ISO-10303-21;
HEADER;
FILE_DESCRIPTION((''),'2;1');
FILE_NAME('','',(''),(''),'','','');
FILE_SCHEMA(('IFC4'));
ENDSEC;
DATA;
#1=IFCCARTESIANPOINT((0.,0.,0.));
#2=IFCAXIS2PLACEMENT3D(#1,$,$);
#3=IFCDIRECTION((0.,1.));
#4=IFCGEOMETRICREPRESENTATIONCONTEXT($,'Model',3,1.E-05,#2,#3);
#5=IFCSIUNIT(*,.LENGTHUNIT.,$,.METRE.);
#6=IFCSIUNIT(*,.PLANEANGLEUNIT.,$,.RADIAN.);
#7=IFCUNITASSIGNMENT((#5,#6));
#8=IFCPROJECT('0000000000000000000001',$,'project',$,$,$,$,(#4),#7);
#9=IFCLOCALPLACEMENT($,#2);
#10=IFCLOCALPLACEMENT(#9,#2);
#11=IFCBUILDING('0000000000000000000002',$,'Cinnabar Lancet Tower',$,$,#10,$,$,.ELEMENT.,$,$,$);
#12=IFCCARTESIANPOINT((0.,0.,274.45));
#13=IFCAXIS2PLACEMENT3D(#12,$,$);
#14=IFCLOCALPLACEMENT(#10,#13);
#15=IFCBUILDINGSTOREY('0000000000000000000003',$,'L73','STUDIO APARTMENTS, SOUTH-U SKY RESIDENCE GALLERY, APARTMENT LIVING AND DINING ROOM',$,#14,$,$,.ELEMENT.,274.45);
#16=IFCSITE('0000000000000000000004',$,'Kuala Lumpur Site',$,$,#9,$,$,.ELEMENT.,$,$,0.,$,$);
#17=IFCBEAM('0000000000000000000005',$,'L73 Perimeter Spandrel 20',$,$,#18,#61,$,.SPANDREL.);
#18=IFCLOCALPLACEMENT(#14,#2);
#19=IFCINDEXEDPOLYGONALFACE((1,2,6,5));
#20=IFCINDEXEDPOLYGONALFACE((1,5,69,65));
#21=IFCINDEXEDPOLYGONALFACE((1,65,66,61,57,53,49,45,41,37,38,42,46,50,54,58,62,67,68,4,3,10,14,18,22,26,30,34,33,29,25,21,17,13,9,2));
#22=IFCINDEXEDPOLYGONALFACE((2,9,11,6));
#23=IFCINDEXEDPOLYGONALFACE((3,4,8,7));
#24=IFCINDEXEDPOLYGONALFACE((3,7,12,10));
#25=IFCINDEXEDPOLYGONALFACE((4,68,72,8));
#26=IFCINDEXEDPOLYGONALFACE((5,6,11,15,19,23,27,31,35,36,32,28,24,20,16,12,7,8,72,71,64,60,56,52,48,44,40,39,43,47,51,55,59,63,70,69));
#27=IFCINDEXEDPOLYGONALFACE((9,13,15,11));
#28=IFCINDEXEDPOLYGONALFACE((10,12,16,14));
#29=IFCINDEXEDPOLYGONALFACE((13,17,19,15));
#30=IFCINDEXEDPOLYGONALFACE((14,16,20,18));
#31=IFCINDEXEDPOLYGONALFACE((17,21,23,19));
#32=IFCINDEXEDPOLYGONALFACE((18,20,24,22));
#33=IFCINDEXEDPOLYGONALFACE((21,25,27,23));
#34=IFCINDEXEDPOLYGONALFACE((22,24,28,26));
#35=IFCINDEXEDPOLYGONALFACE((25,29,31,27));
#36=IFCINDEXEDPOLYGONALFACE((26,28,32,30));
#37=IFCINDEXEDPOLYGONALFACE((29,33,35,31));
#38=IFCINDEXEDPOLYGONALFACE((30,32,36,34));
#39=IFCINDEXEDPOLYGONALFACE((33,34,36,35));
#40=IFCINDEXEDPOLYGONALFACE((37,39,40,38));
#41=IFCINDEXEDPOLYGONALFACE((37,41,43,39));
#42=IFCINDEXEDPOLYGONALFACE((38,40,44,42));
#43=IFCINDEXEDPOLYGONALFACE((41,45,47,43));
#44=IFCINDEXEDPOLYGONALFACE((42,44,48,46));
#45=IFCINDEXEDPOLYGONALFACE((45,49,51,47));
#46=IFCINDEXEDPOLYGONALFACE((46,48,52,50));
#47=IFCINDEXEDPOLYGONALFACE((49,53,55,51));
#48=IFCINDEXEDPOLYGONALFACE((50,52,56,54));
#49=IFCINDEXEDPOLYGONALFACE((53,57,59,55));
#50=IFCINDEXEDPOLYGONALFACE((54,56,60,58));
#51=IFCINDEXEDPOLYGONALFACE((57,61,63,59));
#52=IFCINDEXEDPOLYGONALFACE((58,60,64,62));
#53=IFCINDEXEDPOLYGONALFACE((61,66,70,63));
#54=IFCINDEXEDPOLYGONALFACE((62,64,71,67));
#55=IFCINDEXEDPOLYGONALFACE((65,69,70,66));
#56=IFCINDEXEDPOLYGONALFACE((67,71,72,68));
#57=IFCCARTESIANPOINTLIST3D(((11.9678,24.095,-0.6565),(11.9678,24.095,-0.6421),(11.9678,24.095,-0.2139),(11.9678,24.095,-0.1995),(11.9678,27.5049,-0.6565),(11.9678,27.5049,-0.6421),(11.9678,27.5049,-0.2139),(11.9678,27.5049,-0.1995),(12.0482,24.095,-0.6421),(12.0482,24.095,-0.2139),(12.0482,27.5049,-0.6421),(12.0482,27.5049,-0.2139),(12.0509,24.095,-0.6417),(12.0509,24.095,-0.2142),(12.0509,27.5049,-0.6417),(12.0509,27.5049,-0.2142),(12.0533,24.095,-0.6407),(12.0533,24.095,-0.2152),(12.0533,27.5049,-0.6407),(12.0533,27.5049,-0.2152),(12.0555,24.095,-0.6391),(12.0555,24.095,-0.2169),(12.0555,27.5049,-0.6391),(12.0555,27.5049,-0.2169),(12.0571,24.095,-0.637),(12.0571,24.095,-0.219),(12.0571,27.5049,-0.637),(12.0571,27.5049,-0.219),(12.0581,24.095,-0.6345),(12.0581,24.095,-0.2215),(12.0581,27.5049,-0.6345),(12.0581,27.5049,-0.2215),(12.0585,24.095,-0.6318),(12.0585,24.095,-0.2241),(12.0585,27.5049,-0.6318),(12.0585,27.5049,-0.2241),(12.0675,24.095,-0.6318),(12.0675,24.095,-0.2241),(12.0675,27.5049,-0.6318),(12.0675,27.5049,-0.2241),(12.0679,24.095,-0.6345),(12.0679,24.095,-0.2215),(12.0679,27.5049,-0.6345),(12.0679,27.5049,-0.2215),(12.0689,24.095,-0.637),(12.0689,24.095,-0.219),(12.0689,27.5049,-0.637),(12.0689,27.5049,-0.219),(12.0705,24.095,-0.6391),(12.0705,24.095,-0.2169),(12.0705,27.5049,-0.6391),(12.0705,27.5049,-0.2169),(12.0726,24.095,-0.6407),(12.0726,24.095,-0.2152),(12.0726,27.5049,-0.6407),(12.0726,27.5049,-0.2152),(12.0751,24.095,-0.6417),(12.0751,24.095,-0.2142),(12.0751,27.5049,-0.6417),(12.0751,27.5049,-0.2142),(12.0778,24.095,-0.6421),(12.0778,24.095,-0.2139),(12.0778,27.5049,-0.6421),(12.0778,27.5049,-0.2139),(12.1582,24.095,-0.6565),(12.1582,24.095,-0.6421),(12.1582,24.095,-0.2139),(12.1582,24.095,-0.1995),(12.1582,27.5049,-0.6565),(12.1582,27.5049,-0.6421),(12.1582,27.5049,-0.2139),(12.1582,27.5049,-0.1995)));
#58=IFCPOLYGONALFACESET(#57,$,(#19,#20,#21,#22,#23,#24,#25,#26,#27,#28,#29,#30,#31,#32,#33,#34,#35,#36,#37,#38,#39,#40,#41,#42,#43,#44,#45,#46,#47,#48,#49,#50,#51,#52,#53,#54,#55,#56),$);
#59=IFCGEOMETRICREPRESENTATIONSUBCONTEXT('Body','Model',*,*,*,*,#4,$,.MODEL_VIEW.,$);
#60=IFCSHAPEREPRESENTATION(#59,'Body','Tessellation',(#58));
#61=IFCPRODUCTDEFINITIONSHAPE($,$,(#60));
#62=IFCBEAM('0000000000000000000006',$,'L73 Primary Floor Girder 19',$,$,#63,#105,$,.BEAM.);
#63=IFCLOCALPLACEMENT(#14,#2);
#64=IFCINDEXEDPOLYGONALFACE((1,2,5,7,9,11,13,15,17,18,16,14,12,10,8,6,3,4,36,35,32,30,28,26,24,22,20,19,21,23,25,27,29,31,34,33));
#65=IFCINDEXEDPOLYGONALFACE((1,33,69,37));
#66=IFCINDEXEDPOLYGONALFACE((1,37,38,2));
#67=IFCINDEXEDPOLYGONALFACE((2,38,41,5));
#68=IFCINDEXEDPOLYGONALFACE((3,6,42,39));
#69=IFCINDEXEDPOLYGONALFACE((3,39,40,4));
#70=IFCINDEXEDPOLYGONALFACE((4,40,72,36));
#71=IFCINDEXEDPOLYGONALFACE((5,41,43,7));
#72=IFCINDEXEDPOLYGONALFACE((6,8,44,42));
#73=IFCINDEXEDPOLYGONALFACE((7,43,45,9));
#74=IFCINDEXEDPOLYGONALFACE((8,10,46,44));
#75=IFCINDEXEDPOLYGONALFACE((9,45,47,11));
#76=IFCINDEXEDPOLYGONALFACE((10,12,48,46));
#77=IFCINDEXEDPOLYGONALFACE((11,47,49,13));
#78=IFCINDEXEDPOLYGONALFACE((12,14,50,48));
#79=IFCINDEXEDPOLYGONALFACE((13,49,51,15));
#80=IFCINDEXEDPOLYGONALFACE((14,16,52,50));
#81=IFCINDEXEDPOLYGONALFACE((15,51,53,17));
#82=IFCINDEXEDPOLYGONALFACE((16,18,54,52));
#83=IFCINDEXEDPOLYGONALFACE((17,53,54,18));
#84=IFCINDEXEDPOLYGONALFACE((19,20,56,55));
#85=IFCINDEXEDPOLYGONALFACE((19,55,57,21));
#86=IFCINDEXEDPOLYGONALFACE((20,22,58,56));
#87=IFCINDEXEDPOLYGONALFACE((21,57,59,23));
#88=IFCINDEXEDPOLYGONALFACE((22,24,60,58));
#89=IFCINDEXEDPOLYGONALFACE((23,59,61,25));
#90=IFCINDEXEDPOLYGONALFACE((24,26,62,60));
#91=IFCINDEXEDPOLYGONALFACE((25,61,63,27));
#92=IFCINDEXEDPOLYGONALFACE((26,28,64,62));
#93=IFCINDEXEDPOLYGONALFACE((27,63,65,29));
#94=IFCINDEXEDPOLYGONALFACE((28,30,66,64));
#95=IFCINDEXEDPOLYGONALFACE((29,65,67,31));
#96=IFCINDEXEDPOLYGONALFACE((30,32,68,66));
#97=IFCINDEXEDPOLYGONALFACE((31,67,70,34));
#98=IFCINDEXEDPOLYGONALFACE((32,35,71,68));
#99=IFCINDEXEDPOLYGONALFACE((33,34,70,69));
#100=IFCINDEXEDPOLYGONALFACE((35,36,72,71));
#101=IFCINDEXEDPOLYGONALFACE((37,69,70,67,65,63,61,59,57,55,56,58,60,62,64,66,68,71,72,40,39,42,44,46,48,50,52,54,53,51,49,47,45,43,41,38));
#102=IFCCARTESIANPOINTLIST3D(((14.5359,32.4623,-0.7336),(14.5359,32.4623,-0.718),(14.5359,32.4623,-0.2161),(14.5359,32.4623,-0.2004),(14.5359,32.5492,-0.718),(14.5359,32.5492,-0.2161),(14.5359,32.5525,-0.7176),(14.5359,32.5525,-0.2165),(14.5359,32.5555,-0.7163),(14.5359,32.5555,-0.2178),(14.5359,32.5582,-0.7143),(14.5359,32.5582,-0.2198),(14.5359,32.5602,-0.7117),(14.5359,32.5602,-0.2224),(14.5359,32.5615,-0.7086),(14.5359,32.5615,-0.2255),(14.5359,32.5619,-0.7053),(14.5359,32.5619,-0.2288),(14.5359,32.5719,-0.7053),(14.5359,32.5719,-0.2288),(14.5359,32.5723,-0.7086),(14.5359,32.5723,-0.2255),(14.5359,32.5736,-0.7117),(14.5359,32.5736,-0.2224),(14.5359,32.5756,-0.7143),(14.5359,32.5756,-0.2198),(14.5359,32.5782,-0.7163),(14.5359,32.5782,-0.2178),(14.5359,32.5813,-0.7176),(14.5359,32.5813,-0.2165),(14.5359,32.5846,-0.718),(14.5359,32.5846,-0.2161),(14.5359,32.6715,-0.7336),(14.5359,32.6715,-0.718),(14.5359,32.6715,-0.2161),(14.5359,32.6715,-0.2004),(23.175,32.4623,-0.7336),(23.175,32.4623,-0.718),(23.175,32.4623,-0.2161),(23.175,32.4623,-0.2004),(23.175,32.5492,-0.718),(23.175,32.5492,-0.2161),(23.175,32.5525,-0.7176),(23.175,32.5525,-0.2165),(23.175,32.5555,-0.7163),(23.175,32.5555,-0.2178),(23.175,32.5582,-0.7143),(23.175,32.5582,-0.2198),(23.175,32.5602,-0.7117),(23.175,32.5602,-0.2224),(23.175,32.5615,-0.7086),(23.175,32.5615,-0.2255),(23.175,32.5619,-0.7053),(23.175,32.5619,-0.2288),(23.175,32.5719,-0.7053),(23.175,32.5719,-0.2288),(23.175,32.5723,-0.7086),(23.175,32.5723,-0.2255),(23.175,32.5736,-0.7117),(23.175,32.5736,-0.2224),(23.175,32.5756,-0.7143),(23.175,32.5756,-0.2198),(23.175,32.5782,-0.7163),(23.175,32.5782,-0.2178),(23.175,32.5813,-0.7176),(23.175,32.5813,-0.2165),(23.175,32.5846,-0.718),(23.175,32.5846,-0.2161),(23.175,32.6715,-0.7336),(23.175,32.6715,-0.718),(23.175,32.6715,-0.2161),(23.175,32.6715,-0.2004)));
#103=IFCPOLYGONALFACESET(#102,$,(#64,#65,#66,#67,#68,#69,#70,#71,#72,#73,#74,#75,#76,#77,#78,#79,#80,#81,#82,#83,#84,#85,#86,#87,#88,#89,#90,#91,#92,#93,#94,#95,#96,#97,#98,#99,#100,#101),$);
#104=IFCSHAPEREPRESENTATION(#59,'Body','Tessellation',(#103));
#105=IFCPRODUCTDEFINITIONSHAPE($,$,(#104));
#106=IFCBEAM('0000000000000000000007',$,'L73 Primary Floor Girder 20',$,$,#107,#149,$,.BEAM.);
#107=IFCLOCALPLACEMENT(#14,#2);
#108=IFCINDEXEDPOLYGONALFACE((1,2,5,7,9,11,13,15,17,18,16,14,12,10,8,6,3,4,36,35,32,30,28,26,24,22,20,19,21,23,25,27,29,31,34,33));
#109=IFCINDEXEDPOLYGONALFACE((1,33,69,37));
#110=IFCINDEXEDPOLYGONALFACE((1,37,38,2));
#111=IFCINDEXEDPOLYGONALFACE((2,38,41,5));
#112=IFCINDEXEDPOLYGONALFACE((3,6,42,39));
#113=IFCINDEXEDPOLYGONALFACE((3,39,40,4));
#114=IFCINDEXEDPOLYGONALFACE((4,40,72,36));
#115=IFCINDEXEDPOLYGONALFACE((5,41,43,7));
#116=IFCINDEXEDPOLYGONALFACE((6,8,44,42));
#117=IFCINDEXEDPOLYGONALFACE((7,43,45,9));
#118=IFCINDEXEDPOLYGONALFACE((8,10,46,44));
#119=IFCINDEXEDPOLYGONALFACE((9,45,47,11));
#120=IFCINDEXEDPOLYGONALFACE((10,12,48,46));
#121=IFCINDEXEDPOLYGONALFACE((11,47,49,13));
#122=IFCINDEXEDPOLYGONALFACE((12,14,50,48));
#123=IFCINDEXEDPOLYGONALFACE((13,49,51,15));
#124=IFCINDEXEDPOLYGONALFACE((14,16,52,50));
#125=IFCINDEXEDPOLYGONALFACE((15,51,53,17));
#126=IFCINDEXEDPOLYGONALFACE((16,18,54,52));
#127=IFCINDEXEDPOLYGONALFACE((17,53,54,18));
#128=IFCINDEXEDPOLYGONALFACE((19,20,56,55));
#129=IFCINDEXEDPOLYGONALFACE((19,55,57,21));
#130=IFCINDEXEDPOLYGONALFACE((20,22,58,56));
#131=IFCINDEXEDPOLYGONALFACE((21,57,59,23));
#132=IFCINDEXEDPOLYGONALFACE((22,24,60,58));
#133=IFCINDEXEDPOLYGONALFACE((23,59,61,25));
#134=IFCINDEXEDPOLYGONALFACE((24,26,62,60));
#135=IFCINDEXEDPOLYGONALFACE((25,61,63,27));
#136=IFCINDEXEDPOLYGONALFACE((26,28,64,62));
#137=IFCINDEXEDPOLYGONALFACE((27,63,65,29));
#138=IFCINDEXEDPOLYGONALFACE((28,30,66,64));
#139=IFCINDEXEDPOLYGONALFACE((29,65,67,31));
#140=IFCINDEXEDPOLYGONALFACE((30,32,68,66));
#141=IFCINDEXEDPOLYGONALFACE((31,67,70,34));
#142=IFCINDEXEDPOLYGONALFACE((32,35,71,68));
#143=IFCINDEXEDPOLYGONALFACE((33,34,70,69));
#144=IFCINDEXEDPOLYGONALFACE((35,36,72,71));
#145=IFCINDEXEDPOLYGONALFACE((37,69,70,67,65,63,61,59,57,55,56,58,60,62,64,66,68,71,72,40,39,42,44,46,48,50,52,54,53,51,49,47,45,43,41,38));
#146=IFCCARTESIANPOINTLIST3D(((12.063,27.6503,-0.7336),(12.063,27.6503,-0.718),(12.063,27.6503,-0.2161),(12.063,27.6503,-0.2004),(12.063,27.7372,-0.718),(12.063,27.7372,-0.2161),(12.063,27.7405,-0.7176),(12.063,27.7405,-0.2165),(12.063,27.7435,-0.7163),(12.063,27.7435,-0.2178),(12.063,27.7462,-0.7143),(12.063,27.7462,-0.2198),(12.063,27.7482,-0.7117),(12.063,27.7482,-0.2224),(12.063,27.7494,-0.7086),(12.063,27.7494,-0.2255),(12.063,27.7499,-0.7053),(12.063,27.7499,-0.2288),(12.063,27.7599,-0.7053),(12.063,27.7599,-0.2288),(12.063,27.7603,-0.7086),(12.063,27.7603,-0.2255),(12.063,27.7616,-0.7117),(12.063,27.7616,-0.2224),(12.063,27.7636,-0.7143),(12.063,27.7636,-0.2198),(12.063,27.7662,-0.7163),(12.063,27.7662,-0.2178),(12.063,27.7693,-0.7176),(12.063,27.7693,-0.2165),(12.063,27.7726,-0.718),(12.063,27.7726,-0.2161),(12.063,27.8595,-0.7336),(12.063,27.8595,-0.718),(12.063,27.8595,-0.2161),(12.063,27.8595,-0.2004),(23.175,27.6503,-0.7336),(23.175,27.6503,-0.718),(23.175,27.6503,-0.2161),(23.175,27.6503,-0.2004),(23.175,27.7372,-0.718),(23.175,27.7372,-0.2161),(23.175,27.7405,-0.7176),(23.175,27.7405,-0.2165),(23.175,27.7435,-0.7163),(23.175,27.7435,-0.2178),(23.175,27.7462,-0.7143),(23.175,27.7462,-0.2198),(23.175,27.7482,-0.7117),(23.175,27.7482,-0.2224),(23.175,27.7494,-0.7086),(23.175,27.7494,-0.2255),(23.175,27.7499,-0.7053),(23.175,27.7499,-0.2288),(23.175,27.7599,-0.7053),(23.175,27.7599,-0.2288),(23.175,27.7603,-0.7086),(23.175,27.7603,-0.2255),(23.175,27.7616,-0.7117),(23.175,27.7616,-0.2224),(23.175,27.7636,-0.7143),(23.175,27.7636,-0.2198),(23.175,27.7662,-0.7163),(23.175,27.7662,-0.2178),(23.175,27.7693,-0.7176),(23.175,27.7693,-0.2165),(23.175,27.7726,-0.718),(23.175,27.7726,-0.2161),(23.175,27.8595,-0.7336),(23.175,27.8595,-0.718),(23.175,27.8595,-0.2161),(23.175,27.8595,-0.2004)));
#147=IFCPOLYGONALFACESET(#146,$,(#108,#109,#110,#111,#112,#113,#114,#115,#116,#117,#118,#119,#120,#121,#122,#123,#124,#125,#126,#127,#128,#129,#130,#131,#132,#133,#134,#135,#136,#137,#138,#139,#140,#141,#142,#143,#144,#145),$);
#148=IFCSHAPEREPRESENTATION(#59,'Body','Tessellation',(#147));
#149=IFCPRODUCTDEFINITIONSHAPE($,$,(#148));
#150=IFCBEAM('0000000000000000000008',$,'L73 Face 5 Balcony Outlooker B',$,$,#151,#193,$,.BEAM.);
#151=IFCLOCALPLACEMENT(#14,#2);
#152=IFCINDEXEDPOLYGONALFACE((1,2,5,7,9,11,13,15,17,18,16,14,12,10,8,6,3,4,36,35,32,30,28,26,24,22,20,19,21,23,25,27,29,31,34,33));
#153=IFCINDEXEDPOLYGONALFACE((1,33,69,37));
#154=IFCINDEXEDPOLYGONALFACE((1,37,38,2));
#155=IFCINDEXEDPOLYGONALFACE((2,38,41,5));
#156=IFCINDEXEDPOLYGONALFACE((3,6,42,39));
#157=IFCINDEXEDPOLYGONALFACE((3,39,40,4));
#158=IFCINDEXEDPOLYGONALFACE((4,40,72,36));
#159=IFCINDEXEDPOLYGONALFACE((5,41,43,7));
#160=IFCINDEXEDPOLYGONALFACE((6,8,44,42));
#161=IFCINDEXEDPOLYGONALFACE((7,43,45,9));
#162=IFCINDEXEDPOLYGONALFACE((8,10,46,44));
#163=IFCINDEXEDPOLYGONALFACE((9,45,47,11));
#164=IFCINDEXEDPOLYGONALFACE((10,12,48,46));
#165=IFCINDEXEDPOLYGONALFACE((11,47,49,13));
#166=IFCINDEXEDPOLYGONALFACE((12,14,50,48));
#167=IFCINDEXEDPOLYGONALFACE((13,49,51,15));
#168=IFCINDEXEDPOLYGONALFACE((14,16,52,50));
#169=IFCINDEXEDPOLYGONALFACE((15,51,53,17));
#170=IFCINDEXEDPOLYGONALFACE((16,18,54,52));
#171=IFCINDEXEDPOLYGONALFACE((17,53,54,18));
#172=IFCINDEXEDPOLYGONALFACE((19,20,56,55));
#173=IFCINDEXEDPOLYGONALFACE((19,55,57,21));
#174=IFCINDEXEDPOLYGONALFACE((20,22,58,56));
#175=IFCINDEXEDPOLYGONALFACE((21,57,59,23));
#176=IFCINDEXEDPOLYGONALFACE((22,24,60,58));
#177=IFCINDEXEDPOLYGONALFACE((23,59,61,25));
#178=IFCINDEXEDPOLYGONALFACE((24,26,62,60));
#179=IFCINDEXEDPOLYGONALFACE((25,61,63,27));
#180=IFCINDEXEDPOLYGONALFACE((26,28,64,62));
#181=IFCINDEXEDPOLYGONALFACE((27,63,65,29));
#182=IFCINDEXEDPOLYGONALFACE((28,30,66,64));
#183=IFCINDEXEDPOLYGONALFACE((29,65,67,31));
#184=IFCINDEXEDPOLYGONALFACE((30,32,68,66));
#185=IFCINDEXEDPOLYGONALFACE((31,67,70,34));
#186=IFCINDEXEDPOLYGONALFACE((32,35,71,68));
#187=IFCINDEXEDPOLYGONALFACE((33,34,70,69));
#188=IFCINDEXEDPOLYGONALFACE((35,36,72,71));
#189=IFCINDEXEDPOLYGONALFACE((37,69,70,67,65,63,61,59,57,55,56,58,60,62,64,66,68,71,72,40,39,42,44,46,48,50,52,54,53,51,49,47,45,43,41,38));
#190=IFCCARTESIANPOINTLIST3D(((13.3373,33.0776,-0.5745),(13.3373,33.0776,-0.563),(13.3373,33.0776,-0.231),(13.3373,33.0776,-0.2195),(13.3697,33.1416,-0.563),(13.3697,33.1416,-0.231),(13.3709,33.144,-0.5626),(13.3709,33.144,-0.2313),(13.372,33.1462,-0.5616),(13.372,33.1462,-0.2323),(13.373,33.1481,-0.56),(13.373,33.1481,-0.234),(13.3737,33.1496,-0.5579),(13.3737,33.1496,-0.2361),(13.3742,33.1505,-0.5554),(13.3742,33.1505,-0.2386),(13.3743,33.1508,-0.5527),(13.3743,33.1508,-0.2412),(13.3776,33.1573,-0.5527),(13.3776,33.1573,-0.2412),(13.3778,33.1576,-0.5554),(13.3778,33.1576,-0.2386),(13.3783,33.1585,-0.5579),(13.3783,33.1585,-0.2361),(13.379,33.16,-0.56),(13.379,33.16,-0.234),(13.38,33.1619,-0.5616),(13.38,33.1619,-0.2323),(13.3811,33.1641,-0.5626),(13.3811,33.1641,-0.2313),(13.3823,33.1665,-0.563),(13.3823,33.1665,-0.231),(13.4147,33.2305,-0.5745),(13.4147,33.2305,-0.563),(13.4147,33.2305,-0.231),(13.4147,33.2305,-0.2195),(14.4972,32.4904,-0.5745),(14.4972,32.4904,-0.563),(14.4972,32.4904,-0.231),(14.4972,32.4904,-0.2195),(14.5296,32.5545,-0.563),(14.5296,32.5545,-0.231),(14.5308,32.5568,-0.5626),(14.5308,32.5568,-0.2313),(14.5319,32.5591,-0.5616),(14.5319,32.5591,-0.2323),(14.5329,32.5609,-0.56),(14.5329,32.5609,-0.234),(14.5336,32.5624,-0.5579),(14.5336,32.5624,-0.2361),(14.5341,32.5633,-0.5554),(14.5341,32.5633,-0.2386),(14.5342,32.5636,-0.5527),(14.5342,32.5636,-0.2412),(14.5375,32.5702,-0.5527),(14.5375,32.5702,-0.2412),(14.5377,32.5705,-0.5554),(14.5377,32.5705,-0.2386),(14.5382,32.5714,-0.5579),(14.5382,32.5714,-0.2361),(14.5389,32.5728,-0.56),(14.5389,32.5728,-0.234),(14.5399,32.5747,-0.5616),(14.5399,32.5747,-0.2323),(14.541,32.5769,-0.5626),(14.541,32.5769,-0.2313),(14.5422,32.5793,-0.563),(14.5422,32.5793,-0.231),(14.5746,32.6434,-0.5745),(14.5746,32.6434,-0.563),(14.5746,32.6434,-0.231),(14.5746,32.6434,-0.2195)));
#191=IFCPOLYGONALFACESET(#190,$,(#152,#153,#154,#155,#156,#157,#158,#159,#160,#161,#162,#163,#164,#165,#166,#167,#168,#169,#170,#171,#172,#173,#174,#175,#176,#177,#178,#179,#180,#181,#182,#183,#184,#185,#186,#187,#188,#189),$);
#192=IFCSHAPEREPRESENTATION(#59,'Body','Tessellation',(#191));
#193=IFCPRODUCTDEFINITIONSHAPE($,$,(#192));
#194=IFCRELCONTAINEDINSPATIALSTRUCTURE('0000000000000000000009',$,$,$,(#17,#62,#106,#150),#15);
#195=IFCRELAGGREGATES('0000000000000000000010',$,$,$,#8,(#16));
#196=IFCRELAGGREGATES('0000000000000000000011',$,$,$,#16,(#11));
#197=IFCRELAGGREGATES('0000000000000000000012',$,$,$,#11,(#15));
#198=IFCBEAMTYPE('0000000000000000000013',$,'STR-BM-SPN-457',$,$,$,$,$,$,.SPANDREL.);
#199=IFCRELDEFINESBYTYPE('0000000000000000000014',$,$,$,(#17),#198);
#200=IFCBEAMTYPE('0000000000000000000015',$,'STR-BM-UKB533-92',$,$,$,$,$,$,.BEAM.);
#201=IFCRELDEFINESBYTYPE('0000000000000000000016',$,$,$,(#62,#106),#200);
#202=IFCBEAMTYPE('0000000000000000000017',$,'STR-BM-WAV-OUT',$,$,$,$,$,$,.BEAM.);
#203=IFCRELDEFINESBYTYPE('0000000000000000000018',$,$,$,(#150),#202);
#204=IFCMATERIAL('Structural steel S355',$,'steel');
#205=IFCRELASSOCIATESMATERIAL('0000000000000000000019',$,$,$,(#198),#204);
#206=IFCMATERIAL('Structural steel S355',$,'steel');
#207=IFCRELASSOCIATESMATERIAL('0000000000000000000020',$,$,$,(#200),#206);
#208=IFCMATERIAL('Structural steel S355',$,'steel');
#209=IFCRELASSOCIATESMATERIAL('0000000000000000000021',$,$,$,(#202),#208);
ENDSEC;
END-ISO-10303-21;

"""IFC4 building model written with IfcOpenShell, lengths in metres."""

from ifc_helpers import new_model, si_unit, direction, frame, origin, origin_2d, place, context, subcontext, project, spatial, i_section, extrude, material, material_profile, profile_set, type_object, element, save


model = new_model("IFC4")

# Units and contexts
model_context = context("Model", 3, precision=1e-05, world=origin(), true_north=direction((0.0, 1.0)))
body_context = subcontext(model_context, "Body", "Model", "MODEL_VIEW")
ifc_project = project(units=[si_unit("LENGTHUNIT", "METRE"), si_unit("PLANEANGLEUNIT", "RADIAN")], contexts=[model_context])

# Site, building, storey
site_placement = place(None, origin())
site = spatial("IfcSite", under=ifc_project, at=site_placement, Name="Kuala Lumpur Site", CompositionType="ELEMENT", RefElevation=0.0)
building_placement = place(site_placement, origin())
building = spatial("IfcBuilding", under=site, at=building_placement, Name="Cinnabar Lancet Tower", CompositionType="ELEMENT")
storey_placement = place(building_placement, frame((0.0, 0.0, 274.45)))
storey = spatial("IfcBuildingStorey", under=building, at=storey_placement, Name="L73", Description="STUDIO APARTMENTS, SOUTH-U SKY RESIDENCE GALLERY, APARTMENT LIVING AND DINING ROOM", CompositionType="ELEMENT", Elevation=274.45)

# Beams
ifc_material_1 = material(Name="Structural steel S355", Category="steel")
ifc_material_profile_1 = material_profile(ifc_material_1, i_section(OverallWidth=0.1904, OverallDepth=0.457, WebThickness=0.009, FlangeThickness=0.0144, FilletRadius=0.0103, at=origin_2d()), Name="UKB 457x191x74")
ifc_profile_set_1 = profile_set([ifc_material_profile_1], Name="Structural steel S355")
beam_type_1 = type_object("IfcBeamType", Name="STR-BM-SPN-457", PredefinedType="SPANDREL", material=ifc_profile_set_1)
beam_1_placement = place(storey_placement, frame((12.063, 27.5049, -0.428), z_axis=(0.0, -1.0, 0.0), x_axis=(1.0, 0.0, 0.0)))
element("IfcBeam", 1, at=beam_1_placement, inside=storey, type_object=beam_type_1, Name="L73 Perimeter Spandrel 20", PredefinedType="SPANDREL", context=body_context, shape_type="SweptSolid", body=[
    extrude(i_section(OverallWidth=0.1904, OverallDepth=0.457, WebThickness=0.009, FlangeThickness=0.0144, FilletRadius=0.0103, at=origin_2d()), origin(), (0.0, 0.0, 1.0), 3.4099),
])
ifc_material_2 = material(Name="Structural steel S355", Category="steel")
ifc_material_profile_2 = material_profile(ifc_material_2, i_section(OverallWidth=0.2092, OverallDepth=0.5332, WebThickness=0.01, FlangeThickness=0.0156, FilletRadius=0.0127, at=origin_2d()), Name="UKB 533x210x92")
ifc_profile_set_2 = profile_set([ifc_material_profile_2], Name="Structural steel S355")
beam_type_2 = type_object("IfcBeamType", Name="STR-BM-UKB533-92", PredefinedType="BEAM", material=ifc_profile_set_2)
beam_2_placement = place(storey_placement, frame((14.5359, 32.5669, -0.467), z_axis=(1.0, 0.0, 0.0), x_axis=(0.0, 1.0, 0.0)))
element("IfcBeam", 2, at=beam_2_placement, inside=storey, type_object=beam_type_2, Name="L73 Primary Floor Girder 19", PredefinedType="BEAM", context=body_context, shape_type="SweptSolid", body=[
    extrude(i_section(OverallWidth=0.2092, OverallDepth=0.5332, WebThickness=0.01, FlangeThickness=0.0156, FilletRadius=0.0127, at=origin_2d()), origin(), (0.0, 0.0, 1.0), 8.6392),
])
beam_3_placement = place(storey_placement, frame((12.063, 27.7549, -0.467), z_axis=(1.0, 0.0, 0.0), x_axis=(0.0, 1.0, 0.0)))
element("IfcBeam", 3, at=beam_3_placement, inside=storey, type_object=beam_type_2, Name="L73 Primary Floor Girder 20", PredefinedType="BEAM", context=body_context, shape_type="SweptSolid", body=[
    extrude(i_section(OverallWidth=0.2092, OverallDepth=0.5332, WebThickness=0.01, FlangeThickness=0.0156, FilletRadius=0.0127, at=origin_2d()), origin(), (0.0, 0.0, 1.0), 11.1121),
])
ifc_material_3 = material(Name="Structural steel S355", Category="steel")
ifc_material_profile_3 = material_profile(ifc_material_3, i_section(OverallWidth=0.1714, OverallDepth=0.355, WebThickness=0.0073, FlangeThickness=0.0115, FilletRadius=0.0103, at=origin_2d()), Name="UKB 356x171x51")
ifc_profile_set_3 = profile_set([ifc_material_profile_3], Name="Structural steel S355")
beam_type_3 = type_object("IfcBeamType", Name="STR-BM-WAV-OUT", PredefinedType="BEAM", material=ifc_profile_set_3)
beam_4_placement = place(storey_placement, frame((14.5359, 32.5669, -0.397), z_axis=(-0.8922, 0.45164, 0.0), x_axis=(-0.45164, -0.8922, 0.0)))
element("IfcBeam", 4, at=beam_4_placement, inside=storey, type_object=beam_type_3, Name="L73 Face 5 Balcony Outlooker B", PredefinedType="BEAM", context=body_context, shape_type="SweptSolid", body=[
    extrude(i_section(OverallWidth=0.1714, OverallDepth=0.355, WebThickness=0.0073, FlangeThickness=0.0115, FilletRadius=0.0103, at=origin_2d()), origin(), (0.0, 0.0, 1.0), 1.3),
])

save(model, "model.ifc")
